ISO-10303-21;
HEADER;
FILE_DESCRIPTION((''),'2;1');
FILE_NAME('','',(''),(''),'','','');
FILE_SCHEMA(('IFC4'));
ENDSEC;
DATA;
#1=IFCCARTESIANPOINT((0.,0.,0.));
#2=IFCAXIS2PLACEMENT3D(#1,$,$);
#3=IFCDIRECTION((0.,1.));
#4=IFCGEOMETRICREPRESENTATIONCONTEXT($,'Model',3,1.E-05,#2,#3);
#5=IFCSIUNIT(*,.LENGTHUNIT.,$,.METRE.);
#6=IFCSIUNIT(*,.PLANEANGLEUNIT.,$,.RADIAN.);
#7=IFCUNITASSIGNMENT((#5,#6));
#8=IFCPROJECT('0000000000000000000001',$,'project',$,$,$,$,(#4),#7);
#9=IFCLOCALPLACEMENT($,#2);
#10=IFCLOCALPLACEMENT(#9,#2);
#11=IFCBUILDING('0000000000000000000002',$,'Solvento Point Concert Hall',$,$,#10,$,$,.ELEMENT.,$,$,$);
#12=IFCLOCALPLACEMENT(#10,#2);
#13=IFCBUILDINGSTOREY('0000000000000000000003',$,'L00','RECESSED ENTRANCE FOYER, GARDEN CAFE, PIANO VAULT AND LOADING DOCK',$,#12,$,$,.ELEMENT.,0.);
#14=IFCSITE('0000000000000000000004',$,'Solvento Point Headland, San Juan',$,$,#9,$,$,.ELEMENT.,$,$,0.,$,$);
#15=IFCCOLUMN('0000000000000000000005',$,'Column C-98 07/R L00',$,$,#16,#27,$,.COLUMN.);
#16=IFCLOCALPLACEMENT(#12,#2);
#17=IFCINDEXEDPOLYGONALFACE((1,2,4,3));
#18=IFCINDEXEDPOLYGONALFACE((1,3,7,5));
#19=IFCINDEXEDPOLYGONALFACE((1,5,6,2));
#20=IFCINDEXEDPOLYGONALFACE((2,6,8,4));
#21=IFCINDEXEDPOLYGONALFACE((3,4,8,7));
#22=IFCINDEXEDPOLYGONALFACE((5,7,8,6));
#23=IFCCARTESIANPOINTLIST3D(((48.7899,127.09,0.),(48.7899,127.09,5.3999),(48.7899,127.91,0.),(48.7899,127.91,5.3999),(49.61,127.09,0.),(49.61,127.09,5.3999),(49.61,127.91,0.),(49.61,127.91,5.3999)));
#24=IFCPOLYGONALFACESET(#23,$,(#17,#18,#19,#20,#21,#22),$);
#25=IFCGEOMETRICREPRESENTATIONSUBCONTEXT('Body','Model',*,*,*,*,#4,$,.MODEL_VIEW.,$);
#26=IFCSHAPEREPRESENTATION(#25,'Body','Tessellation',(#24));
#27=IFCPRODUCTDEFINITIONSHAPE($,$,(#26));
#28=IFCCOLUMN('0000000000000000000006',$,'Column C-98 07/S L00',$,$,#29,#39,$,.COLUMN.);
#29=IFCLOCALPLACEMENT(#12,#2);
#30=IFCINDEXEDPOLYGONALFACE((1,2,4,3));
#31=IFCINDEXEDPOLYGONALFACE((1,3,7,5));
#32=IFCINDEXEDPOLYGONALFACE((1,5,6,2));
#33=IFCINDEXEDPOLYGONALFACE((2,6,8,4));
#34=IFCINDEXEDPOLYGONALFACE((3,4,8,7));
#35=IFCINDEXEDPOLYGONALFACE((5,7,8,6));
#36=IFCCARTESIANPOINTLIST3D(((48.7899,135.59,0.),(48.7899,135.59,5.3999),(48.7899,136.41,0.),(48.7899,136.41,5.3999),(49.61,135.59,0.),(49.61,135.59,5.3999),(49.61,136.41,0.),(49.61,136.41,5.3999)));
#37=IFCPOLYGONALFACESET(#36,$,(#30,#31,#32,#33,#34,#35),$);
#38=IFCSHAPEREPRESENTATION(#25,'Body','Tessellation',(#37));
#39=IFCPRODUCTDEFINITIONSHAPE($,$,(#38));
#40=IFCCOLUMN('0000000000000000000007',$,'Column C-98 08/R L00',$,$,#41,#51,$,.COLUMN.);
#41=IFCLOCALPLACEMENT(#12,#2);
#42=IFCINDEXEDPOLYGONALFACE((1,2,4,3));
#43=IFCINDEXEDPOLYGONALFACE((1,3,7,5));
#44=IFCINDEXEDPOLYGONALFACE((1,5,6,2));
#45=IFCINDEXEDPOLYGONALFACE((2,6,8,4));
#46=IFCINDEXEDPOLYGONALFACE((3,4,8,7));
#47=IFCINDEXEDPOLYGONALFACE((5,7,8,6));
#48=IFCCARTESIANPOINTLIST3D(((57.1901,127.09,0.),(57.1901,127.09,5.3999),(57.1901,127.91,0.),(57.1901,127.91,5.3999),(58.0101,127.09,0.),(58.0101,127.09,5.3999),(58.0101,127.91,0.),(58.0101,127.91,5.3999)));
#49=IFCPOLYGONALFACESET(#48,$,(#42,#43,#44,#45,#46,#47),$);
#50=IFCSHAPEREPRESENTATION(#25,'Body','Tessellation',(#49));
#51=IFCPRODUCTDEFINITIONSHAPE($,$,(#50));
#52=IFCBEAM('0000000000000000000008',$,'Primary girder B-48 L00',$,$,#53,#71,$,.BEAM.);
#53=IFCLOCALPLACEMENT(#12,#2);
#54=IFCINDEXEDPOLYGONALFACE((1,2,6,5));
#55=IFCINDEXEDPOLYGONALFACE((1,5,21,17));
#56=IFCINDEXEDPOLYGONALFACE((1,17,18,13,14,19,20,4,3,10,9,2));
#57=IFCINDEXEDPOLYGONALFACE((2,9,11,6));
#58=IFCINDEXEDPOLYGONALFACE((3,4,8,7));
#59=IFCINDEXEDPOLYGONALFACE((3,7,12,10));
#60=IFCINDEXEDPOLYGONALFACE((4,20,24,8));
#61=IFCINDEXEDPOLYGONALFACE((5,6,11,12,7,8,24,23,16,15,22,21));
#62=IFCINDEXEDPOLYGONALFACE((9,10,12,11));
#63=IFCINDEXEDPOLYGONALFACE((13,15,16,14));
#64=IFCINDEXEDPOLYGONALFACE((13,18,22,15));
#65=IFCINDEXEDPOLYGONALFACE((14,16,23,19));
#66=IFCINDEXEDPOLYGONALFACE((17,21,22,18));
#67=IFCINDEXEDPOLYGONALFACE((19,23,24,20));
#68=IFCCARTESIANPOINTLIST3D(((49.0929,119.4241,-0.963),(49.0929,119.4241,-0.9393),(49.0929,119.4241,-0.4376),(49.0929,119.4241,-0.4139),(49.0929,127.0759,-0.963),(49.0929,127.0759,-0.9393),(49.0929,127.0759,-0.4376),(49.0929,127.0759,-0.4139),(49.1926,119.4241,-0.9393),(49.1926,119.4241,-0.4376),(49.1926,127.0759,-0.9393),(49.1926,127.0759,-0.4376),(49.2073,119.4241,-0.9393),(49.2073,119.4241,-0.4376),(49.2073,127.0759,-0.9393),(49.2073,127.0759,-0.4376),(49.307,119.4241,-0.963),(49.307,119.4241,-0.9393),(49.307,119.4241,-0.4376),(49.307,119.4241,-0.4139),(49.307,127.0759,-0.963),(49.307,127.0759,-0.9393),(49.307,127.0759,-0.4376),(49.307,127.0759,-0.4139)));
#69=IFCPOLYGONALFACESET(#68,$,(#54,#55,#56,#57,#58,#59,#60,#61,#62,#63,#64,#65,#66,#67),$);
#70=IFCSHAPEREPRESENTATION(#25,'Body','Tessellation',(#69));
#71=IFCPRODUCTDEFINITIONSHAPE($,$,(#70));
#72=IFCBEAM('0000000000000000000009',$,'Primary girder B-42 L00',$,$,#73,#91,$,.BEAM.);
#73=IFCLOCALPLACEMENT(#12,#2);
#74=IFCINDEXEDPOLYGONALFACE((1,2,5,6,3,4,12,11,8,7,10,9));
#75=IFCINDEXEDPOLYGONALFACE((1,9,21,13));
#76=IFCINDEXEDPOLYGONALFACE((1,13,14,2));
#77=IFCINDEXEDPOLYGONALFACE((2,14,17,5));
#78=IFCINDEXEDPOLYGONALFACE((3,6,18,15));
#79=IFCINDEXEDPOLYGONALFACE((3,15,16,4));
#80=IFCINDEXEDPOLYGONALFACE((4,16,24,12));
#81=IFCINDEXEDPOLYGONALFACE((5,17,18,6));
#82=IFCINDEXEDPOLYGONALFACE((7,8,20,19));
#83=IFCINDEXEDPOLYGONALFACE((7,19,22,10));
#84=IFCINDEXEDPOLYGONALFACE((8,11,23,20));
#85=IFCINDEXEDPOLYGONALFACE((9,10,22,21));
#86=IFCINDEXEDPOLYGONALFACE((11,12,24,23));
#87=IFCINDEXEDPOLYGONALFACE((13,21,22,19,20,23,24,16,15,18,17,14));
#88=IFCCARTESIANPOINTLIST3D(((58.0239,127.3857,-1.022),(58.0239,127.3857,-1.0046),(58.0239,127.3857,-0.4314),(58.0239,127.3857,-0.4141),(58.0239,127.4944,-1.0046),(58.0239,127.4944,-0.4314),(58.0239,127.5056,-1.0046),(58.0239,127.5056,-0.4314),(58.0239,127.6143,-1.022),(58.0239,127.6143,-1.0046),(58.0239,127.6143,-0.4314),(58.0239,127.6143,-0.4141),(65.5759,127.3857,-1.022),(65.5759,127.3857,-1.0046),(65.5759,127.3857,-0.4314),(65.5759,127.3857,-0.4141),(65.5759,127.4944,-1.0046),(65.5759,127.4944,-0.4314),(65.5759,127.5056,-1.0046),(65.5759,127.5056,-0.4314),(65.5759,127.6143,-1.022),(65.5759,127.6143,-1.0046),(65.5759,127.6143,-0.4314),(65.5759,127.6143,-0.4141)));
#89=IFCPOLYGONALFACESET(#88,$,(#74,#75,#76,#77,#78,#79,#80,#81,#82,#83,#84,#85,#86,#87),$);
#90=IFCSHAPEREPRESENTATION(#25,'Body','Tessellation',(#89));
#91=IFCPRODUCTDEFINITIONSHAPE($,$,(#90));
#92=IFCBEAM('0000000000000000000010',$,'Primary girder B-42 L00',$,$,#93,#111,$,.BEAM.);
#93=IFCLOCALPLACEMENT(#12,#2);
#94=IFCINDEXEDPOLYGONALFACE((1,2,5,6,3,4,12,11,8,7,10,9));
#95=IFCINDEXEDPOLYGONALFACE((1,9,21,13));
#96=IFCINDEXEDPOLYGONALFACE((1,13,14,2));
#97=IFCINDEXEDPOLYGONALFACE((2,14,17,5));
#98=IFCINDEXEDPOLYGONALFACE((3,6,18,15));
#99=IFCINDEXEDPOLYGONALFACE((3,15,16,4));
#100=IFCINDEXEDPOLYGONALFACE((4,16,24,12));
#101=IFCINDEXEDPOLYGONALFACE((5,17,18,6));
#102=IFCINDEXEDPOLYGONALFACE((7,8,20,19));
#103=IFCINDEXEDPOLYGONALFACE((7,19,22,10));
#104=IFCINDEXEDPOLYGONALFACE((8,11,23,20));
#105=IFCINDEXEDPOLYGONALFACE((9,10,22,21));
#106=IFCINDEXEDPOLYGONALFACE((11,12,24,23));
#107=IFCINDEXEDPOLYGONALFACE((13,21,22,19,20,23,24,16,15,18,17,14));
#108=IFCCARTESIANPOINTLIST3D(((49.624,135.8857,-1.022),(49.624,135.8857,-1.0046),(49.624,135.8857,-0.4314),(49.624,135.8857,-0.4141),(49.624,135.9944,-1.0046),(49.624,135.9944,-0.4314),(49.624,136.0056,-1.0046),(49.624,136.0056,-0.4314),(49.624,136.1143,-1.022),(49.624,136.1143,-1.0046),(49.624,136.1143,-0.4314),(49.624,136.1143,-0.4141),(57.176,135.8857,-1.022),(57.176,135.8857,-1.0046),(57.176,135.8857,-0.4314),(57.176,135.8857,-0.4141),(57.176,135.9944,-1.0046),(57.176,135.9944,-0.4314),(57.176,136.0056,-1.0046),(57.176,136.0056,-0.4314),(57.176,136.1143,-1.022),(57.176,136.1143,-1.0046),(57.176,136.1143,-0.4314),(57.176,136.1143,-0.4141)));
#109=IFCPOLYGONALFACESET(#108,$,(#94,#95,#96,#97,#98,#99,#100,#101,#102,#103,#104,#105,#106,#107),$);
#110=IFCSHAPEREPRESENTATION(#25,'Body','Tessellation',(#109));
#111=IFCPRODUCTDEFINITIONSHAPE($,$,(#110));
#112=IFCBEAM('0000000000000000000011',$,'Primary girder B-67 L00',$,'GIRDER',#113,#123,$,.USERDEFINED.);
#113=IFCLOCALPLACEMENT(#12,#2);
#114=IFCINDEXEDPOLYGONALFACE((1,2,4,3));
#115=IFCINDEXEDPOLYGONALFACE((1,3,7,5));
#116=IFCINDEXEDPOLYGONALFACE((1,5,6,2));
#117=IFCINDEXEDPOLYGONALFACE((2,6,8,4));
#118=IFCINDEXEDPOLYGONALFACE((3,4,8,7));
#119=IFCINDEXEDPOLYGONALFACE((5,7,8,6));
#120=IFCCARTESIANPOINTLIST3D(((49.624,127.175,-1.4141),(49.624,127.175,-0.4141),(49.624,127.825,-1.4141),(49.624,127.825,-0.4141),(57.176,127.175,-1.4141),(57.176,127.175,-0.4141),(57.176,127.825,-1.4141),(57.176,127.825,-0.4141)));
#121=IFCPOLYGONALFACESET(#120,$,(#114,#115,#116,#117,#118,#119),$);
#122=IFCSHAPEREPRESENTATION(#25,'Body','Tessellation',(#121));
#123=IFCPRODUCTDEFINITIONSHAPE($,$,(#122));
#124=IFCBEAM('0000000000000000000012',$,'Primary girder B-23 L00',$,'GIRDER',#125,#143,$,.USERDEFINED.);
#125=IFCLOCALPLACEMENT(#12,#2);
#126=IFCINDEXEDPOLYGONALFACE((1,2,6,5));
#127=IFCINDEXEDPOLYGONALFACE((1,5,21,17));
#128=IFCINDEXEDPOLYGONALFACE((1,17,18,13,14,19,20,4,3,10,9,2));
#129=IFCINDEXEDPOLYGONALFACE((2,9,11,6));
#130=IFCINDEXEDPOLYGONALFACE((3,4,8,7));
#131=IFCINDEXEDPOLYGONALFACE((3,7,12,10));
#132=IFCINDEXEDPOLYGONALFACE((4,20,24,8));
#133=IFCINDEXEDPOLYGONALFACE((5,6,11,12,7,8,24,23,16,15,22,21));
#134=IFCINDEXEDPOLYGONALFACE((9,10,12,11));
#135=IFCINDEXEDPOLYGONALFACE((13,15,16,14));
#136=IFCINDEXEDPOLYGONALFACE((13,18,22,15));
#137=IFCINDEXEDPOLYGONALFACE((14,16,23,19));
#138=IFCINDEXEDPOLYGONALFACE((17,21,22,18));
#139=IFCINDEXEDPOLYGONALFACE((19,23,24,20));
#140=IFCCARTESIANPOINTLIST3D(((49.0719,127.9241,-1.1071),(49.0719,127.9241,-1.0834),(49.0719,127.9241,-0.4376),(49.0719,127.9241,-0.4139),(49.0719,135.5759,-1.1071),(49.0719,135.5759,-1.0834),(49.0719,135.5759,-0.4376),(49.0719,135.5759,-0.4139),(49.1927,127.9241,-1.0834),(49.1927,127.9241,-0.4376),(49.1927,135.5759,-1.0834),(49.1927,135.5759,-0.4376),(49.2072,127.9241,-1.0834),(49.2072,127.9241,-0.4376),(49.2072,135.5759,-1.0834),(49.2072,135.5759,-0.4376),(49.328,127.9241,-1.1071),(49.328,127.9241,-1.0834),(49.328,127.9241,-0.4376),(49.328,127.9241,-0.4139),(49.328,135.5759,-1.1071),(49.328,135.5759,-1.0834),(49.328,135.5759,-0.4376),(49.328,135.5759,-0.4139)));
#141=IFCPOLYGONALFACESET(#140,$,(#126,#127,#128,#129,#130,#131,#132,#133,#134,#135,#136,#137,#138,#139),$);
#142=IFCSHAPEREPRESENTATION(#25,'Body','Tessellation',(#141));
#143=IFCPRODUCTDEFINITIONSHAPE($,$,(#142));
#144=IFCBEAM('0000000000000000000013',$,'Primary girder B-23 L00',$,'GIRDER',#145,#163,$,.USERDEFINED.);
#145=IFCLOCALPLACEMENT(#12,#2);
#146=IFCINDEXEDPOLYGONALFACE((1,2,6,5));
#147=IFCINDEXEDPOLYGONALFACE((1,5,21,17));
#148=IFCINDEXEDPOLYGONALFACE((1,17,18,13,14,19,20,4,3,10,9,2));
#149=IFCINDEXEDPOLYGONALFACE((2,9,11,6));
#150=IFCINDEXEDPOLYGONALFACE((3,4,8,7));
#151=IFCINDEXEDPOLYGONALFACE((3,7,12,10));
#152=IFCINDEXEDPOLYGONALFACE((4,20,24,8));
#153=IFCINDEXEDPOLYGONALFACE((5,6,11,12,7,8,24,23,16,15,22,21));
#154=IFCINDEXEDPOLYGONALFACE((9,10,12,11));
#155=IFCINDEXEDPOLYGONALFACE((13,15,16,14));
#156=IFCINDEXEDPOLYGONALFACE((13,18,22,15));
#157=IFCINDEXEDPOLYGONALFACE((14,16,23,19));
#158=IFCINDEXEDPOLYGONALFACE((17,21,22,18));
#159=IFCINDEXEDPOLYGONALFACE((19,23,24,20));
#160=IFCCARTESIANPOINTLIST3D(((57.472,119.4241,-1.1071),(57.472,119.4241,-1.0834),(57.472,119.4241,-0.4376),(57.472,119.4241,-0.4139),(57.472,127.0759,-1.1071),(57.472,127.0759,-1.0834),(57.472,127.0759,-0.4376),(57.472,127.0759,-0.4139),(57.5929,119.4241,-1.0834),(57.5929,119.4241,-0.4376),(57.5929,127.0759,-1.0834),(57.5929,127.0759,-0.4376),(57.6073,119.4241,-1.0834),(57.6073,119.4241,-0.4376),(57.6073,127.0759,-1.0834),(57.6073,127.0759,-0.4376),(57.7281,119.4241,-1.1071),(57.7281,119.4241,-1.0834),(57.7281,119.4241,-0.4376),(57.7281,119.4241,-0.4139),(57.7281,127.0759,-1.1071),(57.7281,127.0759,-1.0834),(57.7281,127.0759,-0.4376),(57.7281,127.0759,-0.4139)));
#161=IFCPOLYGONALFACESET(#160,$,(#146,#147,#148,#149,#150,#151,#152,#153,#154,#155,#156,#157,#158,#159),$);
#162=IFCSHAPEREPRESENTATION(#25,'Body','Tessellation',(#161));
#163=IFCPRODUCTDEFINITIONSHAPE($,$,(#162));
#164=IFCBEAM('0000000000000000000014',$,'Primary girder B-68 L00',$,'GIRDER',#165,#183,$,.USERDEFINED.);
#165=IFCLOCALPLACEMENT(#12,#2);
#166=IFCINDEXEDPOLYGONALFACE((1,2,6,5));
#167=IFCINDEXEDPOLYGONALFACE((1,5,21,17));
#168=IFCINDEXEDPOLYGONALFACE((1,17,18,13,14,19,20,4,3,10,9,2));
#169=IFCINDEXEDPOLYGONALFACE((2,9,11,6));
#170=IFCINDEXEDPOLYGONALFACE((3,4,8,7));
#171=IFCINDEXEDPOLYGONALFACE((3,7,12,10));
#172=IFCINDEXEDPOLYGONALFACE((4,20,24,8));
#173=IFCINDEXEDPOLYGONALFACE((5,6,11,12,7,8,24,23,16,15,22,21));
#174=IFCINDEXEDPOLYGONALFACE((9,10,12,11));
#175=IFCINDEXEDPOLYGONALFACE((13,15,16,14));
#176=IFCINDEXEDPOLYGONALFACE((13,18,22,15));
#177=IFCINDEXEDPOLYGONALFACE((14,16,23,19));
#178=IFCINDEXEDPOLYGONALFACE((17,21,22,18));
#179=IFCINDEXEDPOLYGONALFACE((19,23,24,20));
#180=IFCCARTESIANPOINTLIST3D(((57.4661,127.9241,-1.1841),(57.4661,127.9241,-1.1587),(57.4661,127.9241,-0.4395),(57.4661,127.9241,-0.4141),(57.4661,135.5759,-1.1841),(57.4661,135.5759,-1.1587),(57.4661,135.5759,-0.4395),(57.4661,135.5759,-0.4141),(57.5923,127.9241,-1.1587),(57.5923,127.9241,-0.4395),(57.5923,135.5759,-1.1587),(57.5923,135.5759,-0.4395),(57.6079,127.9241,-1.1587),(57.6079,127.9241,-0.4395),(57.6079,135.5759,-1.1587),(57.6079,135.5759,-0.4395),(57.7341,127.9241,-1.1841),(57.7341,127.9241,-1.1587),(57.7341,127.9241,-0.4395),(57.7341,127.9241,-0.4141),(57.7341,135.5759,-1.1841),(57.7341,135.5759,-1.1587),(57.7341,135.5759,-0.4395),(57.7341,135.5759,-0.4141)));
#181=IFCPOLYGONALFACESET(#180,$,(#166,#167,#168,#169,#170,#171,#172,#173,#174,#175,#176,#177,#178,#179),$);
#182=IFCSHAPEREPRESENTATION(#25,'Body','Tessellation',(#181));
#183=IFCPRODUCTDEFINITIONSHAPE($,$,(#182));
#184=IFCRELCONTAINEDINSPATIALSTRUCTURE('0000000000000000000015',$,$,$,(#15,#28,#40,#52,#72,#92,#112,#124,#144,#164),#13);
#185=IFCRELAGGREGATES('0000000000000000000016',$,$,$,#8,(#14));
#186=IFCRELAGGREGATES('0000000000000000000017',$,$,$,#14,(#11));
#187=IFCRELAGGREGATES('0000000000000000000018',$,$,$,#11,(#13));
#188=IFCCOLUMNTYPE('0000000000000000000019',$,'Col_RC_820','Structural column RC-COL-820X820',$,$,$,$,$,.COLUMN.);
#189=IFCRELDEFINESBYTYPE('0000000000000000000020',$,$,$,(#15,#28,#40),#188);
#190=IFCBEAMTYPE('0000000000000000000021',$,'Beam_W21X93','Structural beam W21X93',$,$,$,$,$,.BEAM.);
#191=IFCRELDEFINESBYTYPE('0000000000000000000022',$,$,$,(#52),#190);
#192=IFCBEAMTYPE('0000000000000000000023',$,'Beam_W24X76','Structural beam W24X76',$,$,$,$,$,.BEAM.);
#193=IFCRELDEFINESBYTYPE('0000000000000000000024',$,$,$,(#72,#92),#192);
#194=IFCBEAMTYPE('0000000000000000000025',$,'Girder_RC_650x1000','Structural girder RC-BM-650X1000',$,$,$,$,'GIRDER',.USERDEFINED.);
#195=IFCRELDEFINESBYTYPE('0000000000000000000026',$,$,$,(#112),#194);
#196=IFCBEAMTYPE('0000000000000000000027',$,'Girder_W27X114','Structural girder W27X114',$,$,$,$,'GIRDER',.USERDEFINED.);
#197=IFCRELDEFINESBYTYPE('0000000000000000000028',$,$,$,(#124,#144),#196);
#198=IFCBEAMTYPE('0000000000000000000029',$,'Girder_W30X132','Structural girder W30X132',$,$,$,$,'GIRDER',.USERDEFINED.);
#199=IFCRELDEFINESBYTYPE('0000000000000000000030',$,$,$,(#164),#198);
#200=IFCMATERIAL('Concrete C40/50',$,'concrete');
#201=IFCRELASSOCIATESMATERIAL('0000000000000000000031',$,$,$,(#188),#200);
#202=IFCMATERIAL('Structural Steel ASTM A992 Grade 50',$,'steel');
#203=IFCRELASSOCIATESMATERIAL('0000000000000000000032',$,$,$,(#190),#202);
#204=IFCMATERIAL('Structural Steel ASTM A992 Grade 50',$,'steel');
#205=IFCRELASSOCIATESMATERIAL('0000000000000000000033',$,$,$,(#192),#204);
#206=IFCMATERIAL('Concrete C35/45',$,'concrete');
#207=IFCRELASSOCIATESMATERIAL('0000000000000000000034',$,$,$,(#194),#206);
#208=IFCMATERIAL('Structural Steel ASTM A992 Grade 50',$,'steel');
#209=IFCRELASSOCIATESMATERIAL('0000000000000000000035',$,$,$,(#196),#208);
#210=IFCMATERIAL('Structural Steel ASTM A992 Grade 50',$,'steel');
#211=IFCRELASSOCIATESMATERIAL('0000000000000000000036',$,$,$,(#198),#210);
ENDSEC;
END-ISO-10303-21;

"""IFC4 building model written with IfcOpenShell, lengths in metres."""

from ifc_helpers import new_model, si_unit, direction, frame, origin, origin_2d, place, context, subcontext, project, spatial, rectangle, i_section, extrude, material, material_profile, profile_set, type_object, element, save


model = new_model("IFC4")

# Units and contexts
model_context = context("Model", 3, precision=1e-05, world=origin(), true_north=direction((0.0, 1.0)))
body_context = subcontext(model_context, "Body", "Model", "MODEL_VIEW")
ifc_project = project(units=[si_unit("LENGTHUNIT", "METRE"), si_unit("PLANEANGLEUNIT", "RADIAN")], contexts=[model_context])

# Site, building, storey
site_placement = place(None, origin())
site = spatial("IfcSite", under=ifc_project, at=site_placement, Name="Solvento Point Headland, San Juan", CompositionType="ELEMENT", RefElevation=0.0)
building_placement = place(site_placement, origin())
building = spatial("IfcBuilding", under=site, at=building_placement, Name="Solvento Point Concert Hall", CompositionType="ELEMENT")
storey_placement = place(building_placement, origin())
storey = spatial("IfcBuildingStorey", under=building, at=storey_placement, Name="L00", Description="RECESSED ENTRANCE FOYER, GARDEN CAFE, PIANO VAULT AND LOADING DOCK", CompositionType="ELEMENT", Elevation=0.0)

# Columns
ifc_material_1 = material(Name="Concrete C40/50", Category="concrete")
ifc_material_profile_1 = material_profile(ifc_material_1, rectangle(XDim=0.8201, YDim=0.8201, at=origin_2d()), Name="RC-COL-820X820")
ifc_profile_set_1 = profile_set([ifc_material_profile_1], Name="Concrete C40/50")
column_type = type_object("IfcColumnType", Name="Col_RC_820", Description="Structural column RC-COL-820X820", PredefinedType="COLUMN", material=ifc_profile_set_1)
for number, where, z_axis, x_axis, name in (
    (1, (49.2, 127.5, 0.0), (0.0, 0.0, 1.0), (1.0, 0.0, 0.0), "Column C-98 07/R L00"),
    (2, (49.2, 136.0, 0.0), (0.0, 0.0, 1.0), (1.0, 0.0, 0.0), "Column C-98 07/S L00"),
    (3, (57.6001, 127.5, 0.0), (0.0, 0.0, 1.0), (1.0, 0.0, 0.0), "Column C-98 08/R L00"),
):
    element("IfcColumn", number, at=place(storey_placement, frame(where, z_axis=z_axis, x_axis=x_axis)), inside=storey, type_object=column_type, Name=name, PredefinedType="COLUMN", context=body_context, shape_type="SweptSolid", body=[
        extrude(rectangle(XDim=0.8201, YDim=0.8201, at=origin_2d()), origin(), (0.0, 0.0, 1.0), 5.3999),
    ])

# Beams
ifc_material_2 = material(Name="Structural Steel ASTM A992 Grade 50", Category="steel")
ifc_material_profile_2 = material_profile(ifc_material_2, i_section(OverallWidth=0.2141, OverallDepth=0.5491, WebThickness=0.0146, FlangeThickness=0.0237, at=origin_2d()), Name="W21X93")
ifc_profile_set_2 = profile_set([ifc_material_profile_2], Name="Structural Steel ASTM A992 Grade 50")
beam_type_1 = type_object("IfcBeamType", Name="Beam_W21X93", Description="Structural beam W21X93", PredefinedType="BEAM", material=ifc_profile_set_2)
beam_1_placement = place(storey_placement, frame((49.2, 119.4241, -0.6885), z_axis=(0.0, 1.0, 0.0), x_axis=(-1.0, 0.0, 0.0)))
element("IfcBeam", 4, at=beam_1_placement, inside=storey, type_object=beam_type_1, Name="Primary girder B-48 L00", PredefinedType="BEAM", context=body_context, shape_type="SweptSolid", body=[
    extrude(i_section(OverallWidth=0.2141, OverallDepth=0.5491, WebThickness=0.0146, FlangeThickness=0.0237, at=origin_2d()), origin(), (0.0, 0.0, 1.0), 7.6519),
])
ifc_material_3 = material(Name="Structural Steel ASTM A992 Grade 50", Category="steel")
ifc_material_profile_3 = material_profile(ifc_material_3, i_section(OverallWidth=0.2285, OverallDepth=0.6079, WebThickness=0.0112, FlangeThickness=0.0173, at=origin_2d()), Name="W24X76")
ifc_profile_set_3 = profile_set([ifc_material_profile_3], Name="Structural Steel ASTM A992 Grade 50")
beam_type_2 = type_object("IfcBeamType", Name="Beam_W24X76", Description="Structural beam W24X76", PredefinedType="BEAM", material=ifc_profile_set_3)
for number, where, z_axis, x_axis, name in (
    (5, (58.0239, 127.5, -0.718), (1.0, 0.0, 0.0), (0.0, 1.0, 0.0), "Primary girder B-42 L00"),
    (6, (49.624, 136.0, -0.718), (1.0, 0.0, 0.0), (0.0, 1.0, 0.0), "Primary girder B-42 L00"),
):
    element("IfcBeam", number, at=place(storey_placement, frame(where, z_axis=z_axis, x_axis=x_axis)), inside=storey, type_object=beam_type_2, Name=name, PredefinedType="BEAM", context=body_context, shape_type="SweptSolid", body=[
        extrude(i_section(OverallWidth=0.2285, OverallDepth=0.6079, WebThickness=0.0112, FlangeThickness=0.0173, at=origin_2d()), origin(), (0.0, 0.0, 1.0), 7.552),
    ])
ifc_material_4 = material(Name="Concrete C35/45", Category="concrete")
ifc_material_profile_4 = material_profile(ifc_material_4, rectangle(XDim=0.6499, YDim=1.0, at=origin_2d()), Name="RC-BM-650X1000")
ifc_profile_set_4 = profile_set([ifc_material_profile_4], Name="Concrete C35/45")
beam_type_3 = type_object("IfcBeamType", Name="Girder_RC_650x1000", Description="Structural girder RC-BM-650X1000", ElementType="GIRDER", PredefinedType="USERDEFINED", material=ifc_profile_set_4)
beam_2_placement = place(storey_placement, frame((49.624, 127.5, -0.9141), z_axis=(1.0, 0.0, 0.0), x_axis=(0.0, 1.0, 0.0)))
element("IfcBeam", 7, at=beam_2_placement, inside=storey, type_object=beam_type_3, Name="Primary girder B-67 L00", ObjectType="GIRDER", PredefinedType="USERDEFINED", context=body_context, shape_type="SweptSolid", body=[
    extrude(rectangle(XDim=0.6499, YDim=1.0, at=origin_2d()), origin(), (0.0, 0.0, 1.0), 7.552),
])
ifc_material_5 = material(Name="Structural Steel ASTM A992 Grade 50", Category="steel")
ifc_material_profile_5 = material_profile(ifc_material_5, i_section(OverallWidth=0.2561, OverallDepth=0.6931, WebThickness=0.0144, FlangeThickness=0.0237, at=origin_2d()), Name="W27X114")
ifc_profile_set_5 = profile_set([ifc_material_profile_5], Name="Structural Steel ASTM A992 Grade 50")
beam_type_4 = type_object("IfcBeamType", Name="Girder_W27X114", Description="Structural girder W27X114", ElementType="GIRDER", PredefinedType="USERDEFINED", material=ifc_profile_set_5)
for number, where, z_axis, x_axis, name in (
    (8, (49.2, 127.9241, -0.7605), (0.0, 1.0, 0.0), (-1.0, 0.0, 0.0), "Primary girder B-23 L00"),
    (9, (57.6001, 119.4241, -0.7605), (0.0, 1.0, 0.0), (-1.0, 0.0, 0.0), "Primary girder B-23 L00"),
):
    element("IfcBeam", number, at=place(storey_placement, frame(where, z_axis=z_axis, x_axis=x_axis)), inside=storey, type_object=beam_type_4, Name=name, ObjectType="GIRDER", PredefinedType="USERDEFINED", context=body_context, shape_type="SweptSolid", body=[
        extrude(i_section(OverallWidth=0.2561, OverallDepth=0.6931, WebThickness=0.0144, FlangeThickness=0.0237, at=origin_2d()), origin(), (0.0, 0.0, 1.0), 7.6519),
    ])
ifc_material_6 = material(Name="Structural Steel ASTM A992 Grade 50", Category="steel")
ifc_material_profile_6 = material_profile(ifc_material_6, i_section(OverallWidth=0.2681, OverallDepth=0.77, WebThickness=0.0156, FlangeThickness=0.0254, at=origin_2d()), Name="W30X132")
ifc_profile_set_6 = profile_set([ifc_material_profile_6], Name="Structural Steel ASTM A992 Grade 50")
beam_type_5 = type_object("IfcBeamType", Name="Girder_W30X132", Description="Structural girder W30X132", ElementType="GIRDER", PredefinedType="USERDEFINED", material=ifc_profile_set_6)
beam_3_placement = place(storey_placement, frame((57.6001, 127.9241, -0.7991), z_axis=(0.0, 1.0, 0.0), x_axis=(-1.0, 0.0, 0.0)))
element("IfcBeam", 10, at=beam_3_placement, inside=storey, type_object=beam_type_5, Name="Primary girder B-68 L00", ObjectType="GIRDER", PredefinedType="USERDEFINED", context=body_context, shape_type="SweptSolid", body=[
    extrude(i_section(OverallWidth=0.2681, OverallDepth=0.77, WebThickness=0.0156, FlangeThickness=0.0254, at=origin_2d()), origin(), (0.0, 0.0, 1.0), 7.6519),
])

save(model, "model.ifc")
